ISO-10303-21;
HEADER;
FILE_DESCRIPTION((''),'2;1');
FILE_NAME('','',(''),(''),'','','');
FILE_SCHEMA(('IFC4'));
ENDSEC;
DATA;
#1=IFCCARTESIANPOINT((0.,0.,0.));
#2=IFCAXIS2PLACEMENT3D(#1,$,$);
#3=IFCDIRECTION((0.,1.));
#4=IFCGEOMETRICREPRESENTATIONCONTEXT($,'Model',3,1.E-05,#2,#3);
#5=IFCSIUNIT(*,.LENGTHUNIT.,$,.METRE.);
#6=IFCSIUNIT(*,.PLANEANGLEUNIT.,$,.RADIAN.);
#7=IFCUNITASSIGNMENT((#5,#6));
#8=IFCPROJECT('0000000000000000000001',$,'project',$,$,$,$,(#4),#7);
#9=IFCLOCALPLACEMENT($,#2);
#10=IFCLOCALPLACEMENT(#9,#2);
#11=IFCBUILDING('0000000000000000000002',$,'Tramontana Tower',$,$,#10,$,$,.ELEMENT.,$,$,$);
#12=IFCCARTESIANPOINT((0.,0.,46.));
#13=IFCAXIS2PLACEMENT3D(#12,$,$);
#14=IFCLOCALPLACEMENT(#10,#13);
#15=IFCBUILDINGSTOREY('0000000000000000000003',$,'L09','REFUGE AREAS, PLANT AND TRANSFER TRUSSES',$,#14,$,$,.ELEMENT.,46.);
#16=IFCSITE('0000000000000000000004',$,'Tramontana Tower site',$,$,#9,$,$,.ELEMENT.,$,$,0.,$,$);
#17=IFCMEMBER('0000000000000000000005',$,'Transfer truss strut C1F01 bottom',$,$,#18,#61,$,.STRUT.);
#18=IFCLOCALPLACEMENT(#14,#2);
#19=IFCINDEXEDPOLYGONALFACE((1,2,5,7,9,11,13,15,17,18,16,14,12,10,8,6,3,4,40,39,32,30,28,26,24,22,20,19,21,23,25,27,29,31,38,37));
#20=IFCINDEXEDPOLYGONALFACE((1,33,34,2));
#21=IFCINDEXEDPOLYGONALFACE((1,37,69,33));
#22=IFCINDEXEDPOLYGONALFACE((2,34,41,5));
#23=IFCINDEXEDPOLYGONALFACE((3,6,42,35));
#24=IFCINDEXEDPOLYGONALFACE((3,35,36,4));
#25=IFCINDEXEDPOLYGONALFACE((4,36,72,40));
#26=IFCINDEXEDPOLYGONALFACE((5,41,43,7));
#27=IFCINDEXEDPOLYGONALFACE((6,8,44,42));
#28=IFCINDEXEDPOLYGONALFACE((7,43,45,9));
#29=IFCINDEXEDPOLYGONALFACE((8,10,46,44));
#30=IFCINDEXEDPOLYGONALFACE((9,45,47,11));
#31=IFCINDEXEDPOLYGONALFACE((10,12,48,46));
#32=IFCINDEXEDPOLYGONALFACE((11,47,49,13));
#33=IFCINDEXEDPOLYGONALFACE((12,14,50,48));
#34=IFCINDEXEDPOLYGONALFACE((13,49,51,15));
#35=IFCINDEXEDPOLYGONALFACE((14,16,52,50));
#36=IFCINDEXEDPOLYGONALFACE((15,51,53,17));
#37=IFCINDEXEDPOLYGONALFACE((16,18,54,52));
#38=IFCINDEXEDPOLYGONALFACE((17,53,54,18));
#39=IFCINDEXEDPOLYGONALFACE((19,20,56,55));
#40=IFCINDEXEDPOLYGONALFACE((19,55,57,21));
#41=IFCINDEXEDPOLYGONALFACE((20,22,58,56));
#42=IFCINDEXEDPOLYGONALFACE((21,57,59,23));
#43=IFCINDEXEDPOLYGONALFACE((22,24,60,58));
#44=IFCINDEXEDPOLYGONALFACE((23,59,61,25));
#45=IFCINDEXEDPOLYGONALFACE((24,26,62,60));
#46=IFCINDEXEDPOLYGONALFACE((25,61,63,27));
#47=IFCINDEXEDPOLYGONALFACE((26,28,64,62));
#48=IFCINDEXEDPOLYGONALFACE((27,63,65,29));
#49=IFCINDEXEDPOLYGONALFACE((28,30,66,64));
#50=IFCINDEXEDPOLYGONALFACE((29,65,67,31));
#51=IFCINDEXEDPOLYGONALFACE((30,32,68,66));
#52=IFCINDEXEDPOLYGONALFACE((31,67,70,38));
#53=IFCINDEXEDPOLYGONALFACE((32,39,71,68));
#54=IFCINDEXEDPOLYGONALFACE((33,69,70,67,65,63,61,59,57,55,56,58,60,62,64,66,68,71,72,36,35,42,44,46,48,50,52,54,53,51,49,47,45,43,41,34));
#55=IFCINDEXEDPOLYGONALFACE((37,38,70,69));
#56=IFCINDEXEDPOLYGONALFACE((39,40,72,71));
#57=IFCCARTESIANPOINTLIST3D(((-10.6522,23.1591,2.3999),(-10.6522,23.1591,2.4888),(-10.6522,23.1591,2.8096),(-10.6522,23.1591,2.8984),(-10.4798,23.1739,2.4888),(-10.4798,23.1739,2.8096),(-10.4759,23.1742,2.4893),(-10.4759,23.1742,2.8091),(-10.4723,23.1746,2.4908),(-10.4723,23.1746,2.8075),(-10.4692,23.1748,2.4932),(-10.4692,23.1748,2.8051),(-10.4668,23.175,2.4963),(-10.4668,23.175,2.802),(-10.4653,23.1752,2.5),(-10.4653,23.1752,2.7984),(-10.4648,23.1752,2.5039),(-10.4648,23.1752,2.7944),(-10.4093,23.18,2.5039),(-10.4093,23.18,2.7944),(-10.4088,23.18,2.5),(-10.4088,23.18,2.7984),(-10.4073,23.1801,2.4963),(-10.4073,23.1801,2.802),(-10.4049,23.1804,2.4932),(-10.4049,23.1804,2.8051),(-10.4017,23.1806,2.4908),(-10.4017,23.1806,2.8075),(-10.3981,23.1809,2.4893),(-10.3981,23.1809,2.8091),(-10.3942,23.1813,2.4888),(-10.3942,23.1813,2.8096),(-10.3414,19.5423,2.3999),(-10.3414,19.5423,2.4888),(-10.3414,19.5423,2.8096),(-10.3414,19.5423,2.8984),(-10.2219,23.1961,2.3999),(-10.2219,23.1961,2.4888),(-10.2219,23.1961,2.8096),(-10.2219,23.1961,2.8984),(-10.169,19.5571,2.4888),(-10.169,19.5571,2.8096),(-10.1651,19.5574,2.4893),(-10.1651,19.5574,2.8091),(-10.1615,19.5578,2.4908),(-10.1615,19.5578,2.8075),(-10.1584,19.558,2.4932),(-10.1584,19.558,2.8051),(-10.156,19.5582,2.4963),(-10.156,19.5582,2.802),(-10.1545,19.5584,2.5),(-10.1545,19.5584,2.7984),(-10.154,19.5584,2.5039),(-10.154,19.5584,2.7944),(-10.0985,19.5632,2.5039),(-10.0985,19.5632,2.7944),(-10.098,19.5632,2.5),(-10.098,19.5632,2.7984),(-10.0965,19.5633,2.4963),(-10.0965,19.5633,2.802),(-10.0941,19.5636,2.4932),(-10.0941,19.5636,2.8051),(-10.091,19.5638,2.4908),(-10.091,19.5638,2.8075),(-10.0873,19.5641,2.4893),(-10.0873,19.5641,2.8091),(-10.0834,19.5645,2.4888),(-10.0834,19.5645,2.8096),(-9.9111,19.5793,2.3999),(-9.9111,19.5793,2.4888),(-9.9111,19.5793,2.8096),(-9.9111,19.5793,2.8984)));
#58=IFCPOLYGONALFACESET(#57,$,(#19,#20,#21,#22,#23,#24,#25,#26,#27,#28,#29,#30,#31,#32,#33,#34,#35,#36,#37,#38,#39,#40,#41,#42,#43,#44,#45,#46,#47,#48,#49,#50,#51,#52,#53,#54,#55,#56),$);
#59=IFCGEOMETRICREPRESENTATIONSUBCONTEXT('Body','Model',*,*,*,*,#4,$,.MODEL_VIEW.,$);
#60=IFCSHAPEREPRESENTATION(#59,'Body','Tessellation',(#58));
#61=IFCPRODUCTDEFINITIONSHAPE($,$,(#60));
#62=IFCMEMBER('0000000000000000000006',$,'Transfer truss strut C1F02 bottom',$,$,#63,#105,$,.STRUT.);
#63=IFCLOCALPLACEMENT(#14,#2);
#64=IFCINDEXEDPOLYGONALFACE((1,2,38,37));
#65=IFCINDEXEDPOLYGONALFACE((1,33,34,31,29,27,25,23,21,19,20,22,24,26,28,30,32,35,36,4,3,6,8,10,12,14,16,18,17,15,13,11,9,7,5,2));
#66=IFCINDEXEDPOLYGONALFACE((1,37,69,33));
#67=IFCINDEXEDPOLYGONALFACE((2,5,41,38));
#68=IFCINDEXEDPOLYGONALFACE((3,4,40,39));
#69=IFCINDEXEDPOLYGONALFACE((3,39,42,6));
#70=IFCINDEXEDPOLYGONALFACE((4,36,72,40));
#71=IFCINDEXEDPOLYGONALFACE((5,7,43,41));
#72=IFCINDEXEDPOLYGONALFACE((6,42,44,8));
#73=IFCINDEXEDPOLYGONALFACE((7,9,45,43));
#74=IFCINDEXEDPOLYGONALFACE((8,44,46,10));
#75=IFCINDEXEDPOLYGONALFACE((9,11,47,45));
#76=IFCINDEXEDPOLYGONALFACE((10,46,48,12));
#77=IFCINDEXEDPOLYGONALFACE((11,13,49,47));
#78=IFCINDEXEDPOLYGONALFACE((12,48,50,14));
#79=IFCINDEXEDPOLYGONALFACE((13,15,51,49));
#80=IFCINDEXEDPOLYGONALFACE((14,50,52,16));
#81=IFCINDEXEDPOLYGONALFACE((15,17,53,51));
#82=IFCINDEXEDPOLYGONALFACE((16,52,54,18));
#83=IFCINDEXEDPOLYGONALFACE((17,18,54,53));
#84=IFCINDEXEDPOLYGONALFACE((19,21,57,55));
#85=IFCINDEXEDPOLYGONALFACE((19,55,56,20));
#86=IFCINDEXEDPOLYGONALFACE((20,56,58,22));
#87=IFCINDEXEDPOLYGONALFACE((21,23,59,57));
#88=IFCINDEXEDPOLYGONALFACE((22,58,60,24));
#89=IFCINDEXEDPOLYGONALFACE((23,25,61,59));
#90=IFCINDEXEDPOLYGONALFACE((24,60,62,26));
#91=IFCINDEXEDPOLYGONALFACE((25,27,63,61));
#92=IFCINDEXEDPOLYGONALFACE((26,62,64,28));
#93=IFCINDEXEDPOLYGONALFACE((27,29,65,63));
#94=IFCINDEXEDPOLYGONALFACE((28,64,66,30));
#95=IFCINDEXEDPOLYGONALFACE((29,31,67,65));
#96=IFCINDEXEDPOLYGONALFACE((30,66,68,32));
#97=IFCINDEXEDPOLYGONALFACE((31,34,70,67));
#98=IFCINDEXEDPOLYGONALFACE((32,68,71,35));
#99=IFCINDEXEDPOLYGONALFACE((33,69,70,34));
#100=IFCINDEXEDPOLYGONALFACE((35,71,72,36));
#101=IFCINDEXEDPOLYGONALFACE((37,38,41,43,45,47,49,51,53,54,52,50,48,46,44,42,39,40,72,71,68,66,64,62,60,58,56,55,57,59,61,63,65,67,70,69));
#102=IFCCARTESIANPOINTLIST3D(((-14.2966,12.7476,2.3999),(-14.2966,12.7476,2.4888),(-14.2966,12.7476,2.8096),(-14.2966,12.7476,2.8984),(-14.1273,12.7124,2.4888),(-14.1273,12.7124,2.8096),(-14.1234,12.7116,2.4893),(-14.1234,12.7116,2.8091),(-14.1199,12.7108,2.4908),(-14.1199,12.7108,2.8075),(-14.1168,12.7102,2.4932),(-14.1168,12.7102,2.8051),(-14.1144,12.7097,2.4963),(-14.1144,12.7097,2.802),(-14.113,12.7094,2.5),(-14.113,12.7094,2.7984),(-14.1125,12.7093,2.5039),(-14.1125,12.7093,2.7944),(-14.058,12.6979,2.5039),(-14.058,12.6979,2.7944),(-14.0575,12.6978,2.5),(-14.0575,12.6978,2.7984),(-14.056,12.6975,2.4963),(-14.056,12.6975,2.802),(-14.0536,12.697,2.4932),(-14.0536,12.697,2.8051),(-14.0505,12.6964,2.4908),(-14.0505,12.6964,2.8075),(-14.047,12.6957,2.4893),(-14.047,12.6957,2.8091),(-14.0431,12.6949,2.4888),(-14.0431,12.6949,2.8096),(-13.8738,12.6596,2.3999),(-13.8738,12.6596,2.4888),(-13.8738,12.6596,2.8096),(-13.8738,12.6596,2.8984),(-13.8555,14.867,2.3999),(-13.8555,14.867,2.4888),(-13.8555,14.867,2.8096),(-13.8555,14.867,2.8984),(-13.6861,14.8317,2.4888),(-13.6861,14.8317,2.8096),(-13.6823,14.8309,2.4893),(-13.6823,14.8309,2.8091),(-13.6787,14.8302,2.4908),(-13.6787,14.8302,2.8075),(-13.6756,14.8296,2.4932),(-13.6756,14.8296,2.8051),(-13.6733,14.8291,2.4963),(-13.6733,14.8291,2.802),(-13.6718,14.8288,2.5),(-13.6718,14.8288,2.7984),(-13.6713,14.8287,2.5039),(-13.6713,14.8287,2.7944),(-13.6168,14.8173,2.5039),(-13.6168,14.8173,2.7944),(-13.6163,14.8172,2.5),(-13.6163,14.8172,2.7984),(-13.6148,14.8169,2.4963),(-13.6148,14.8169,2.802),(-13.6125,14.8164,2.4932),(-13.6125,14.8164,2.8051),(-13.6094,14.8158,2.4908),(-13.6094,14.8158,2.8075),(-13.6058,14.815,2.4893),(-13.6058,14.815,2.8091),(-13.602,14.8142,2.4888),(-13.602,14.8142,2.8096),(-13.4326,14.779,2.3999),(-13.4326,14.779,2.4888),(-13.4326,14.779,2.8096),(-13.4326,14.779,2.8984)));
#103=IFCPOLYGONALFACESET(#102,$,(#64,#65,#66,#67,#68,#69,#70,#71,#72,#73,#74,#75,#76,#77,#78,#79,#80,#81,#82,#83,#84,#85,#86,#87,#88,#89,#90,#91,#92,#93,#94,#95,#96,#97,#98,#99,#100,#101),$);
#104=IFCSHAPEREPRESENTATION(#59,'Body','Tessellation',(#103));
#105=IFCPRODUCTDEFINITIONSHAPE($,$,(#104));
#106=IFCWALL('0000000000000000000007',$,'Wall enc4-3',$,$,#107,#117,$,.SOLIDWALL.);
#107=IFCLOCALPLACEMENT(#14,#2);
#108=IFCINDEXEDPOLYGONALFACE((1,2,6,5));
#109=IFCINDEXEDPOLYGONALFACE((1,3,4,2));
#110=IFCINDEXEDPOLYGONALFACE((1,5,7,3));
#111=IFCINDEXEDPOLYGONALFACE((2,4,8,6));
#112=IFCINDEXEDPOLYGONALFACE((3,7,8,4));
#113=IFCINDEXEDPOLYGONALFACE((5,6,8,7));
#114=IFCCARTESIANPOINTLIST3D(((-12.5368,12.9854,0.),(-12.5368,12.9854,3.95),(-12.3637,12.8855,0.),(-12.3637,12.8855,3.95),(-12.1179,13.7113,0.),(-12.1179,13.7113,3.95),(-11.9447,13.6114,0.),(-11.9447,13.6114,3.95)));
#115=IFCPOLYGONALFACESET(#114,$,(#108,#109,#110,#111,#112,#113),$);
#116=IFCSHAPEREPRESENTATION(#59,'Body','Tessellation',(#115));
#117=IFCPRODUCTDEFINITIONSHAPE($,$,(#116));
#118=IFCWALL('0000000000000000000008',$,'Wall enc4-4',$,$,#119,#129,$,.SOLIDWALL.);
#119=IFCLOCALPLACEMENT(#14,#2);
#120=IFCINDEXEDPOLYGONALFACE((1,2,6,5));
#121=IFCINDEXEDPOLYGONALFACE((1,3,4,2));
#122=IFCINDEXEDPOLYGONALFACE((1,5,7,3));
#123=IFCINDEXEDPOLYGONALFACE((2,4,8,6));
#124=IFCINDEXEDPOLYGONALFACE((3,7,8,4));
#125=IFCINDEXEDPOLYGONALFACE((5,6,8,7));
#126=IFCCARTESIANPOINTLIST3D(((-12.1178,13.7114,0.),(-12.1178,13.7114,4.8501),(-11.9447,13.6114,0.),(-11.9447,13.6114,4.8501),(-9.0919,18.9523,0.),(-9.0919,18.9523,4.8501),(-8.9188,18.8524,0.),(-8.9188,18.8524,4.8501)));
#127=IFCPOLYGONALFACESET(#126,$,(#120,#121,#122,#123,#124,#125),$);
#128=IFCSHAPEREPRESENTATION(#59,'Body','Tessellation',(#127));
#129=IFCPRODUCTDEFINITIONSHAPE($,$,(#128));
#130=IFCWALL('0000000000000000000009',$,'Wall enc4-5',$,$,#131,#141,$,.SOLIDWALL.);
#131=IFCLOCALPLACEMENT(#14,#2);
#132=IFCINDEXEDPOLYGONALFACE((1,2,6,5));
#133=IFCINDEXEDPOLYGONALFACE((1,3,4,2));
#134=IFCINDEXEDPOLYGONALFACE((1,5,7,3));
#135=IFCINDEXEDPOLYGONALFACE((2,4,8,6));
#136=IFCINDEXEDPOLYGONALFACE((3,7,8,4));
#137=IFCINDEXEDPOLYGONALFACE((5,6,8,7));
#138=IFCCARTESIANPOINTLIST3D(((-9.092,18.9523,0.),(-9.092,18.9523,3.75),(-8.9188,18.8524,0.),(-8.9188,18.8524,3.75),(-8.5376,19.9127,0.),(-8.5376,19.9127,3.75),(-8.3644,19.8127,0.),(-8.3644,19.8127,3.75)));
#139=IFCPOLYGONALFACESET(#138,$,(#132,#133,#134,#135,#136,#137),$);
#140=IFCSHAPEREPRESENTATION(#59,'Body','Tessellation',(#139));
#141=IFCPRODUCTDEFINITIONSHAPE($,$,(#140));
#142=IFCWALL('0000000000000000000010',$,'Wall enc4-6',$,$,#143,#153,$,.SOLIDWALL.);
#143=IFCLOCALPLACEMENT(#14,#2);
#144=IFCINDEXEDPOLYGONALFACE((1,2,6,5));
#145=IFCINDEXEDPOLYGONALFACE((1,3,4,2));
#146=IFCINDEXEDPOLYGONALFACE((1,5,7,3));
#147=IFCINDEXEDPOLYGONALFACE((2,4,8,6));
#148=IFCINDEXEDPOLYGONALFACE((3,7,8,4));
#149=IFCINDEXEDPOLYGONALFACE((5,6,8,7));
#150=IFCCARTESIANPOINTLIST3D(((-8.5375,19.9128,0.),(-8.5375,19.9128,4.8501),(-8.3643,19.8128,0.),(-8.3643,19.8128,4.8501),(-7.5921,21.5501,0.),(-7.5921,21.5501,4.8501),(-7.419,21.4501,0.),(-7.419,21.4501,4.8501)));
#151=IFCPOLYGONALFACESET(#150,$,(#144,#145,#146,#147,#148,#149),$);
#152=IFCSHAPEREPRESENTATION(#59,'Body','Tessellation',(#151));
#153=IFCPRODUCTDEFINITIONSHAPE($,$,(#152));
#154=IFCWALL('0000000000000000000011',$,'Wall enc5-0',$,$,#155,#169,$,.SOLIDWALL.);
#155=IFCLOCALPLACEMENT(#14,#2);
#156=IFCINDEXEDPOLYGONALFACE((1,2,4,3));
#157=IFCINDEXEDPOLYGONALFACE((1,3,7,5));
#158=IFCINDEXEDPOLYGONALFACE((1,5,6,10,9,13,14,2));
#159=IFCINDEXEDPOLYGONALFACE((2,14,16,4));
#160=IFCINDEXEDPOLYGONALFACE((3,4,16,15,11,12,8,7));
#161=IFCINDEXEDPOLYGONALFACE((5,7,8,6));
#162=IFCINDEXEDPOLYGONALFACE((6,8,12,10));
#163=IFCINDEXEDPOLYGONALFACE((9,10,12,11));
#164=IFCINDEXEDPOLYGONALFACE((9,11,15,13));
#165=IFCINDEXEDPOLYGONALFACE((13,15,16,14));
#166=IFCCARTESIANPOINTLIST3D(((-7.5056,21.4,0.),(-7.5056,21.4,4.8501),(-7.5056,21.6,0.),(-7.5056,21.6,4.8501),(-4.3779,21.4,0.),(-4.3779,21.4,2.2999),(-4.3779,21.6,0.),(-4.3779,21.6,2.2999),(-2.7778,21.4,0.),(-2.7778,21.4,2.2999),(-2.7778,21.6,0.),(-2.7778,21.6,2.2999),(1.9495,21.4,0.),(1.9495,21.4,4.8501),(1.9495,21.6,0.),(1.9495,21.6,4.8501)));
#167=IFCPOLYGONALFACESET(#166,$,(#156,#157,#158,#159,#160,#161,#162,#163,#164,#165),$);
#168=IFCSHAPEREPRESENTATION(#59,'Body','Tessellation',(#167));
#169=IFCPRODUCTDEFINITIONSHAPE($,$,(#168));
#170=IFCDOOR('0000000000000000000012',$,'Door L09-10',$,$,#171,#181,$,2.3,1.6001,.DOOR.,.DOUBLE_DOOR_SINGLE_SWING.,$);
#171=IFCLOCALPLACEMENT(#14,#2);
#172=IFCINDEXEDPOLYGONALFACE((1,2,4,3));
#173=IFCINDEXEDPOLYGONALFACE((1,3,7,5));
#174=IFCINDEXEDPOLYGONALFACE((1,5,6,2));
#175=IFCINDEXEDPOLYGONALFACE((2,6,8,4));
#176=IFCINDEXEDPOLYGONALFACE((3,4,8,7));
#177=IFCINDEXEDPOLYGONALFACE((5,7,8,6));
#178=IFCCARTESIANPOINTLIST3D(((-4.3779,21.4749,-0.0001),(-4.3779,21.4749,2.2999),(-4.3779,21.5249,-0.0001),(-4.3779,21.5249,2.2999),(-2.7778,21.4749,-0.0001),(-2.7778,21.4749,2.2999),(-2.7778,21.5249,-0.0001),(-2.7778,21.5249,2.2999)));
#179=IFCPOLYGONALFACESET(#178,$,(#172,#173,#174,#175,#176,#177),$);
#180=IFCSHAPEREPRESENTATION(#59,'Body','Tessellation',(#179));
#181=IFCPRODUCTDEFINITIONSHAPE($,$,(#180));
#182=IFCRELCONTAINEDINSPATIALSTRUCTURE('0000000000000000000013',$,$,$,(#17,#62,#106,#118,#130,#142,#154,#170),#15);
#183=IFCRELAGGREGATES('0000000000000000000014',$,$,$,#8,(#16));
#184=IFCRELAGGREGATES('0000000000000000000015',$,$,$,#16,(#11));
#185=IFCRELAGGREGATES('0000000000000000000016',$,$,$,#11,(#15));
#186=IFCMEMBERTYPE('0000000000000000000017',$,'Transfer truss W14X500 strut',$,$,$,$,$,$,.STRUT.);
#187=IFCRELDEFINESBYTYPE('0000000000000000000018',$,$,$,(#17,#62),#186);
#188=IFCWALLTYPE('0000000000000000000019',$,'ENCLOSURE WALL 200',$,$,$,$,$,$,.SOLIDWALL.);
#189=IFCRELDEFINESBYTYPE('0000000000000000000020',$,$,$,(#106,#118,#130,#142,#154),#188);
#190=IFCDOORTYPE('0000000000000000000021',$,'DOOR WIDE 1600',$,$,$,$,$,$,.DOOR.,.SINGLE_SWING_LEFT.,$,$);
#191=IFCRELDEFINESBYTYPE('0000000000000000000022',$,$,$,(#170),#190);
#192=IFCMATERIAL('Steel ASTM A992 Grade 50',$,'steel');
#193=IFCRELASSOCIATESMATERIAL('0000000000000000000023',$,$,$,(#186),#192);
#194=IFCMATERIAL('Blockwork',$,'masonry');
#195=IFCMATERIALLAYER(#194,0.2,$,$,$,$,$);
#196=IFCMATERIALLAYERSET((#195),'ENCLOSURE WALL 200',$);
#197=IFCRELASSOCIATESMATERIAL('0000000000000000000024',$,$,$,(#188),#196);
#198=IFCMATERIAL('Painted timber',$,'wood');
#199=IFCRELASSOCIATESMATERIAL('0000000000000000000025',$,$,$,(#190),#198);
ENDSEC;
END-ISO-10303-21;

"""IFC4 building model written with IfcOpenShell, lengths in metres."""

from ifc_helpers import new_model, si_unit, direction, frame, frame_2d, origin, origin_2d, place, context, subcontext, project, spatial, rectangle, i_section, extrude, material, layer, layer_set, material_profile, profile_set, type_object, element, fill, save


model = new_model("IFC4")

# Units and contexts
model_context = context("Model", 3, precision=1e-05, world=origin(), true_north=direction((0.0, 1.0)))
body_context = subcontext(model_context, "Body", "Model", "MODEL_VIEW")
ifc_project = project(units=[si_unit("LENGTHUNIT", "METRE"), si_unit("PLANEANGLEUNIT", "RADIAN")], contexts=[model_context])

# Site, building, storey
site_placement = place(None, origin())
site = spatial("IfcSite", under=ifc_project, at=site_placement, Name="Tramontana Tower site", CompositionType="ELEMENT", RefElevation=0.0)
building_placement = place(site_placement, origin())
building = spatial("IfcBuilding", under=site, at=building_placement, Name="Tramontana Tower", CompositionType="ELEMENT")
storey_placement = place(building_placement, frame((0.0, 0.0, 46.0)))
storey = spatial("IfcBuildingStorey", under=building, at=storey_placement, Name="L09", Description="REFUGE AREAS, PLANT AND TRANSFER TRUSSES", CompositionType="ELEMENT", Elevation=46.0)

# Members
ifc_material_1 = material(Name="Steel ASTM A992 Grade 50", Category="steel")
ifc_material_profile_1 = material_profile(ifc_material_1, i_section(OverallWidth=0.4319, OverallDepth=0.4985, WebThickness=0.0557, FlangeThickness=0.0889, FilletRadius=0.0151, at=origin_2d()), Name="W14X500")
ifc_profile_set_1 = profile_set([ifc_material_profile_1], Name="Steel ASTM A992 Grade 50")
member_type_1 = type_object("IfcMemberType", Name="Transfer truss W14X500 strut", PredefinedType="STRUT", material=ifc_profile_set_1)
member_1_placement = place(storey_placement, frame((-10.1262, 19.5608, 2.6492), z_axis=(-0.085617, 0.996328, 0.0), x_axis=(-0.996328, -0.085617, 0.0)))
element("IfcMember", 1, at=member_1_placement, inside=storey, type_object=member_type_1, Name="Transfer truss strut C1F01 bottom", PredefinedType="STRUT", context=body_context, shape_type="SweptSolid", body=[
    extrude(i_section(OverallWidth=0.4319, OverallDepth=0.4985, WebThickness=0.0557, FlangeThickness=0.0889, FilletRadius=0.0151, at=origin_2d()), origin(), (0.0, 0.0, 1.0), 3.6301),
])
member_2_placement = place(storey_placement, frame((-14.0852, 12.7036, 2.6492), z_axis=(0.203788, 0.979015, 0.0), x_axis=(-0.979015, 0.203788, 0.0)))
element("IfcMember", 2, at=member_2_placement, inside=storey, type_object=member_type_1, Name="Transfer truss strut C1F02 bottom", PredefinedType="STRUT", context=body_context, shape_type="SweptSolid", body=[
    extrude(i_section(OverallWidth=0.4319, OverallDepth=0.4985, WebThickness=0.0557, FlangeThickness=0.0889, FilletRadius=0.0151, at=origin_2d()), origin(), (0.0, 0.0, 1.0), 2.1648),
])

# Walls
ifc_material_2 = material(Name="Blockwork", Category="masonry")
ifc_layer_1 = layer(ifc_material_2, 0.2)
ifc_layer_set_1 = layer_set([ifc_layer_1], Name="ENCLOSURE WALL 200")
wall_type_1 = type_object("IfcWallType", Name="ENCLOSURE WALL 200", PredefinedType="SOLIDWALL", material=ifc_layer_set_1)
wall_1_placement = place(storey_placement, frame((-12.4502, 12.9355, 0.0), z_axis=(0.0, 0.0, 1.0), x_axis=(0.499899, 0.866084, 0.0)))
element("IfcWall", 3, at=wall_1_placement, inside=storey, type_object=wall_type_1, Name="Wall enc4-3", PredefinedType="SOLIDWALL", context=body_context, shape_type="SweptSolid", body=[
    extrude(rectangle(XDim=0.8381, YDim=0.2, at=frame_2d((0.4189, 0.0))), origin(), (0.0, 0.0, 1.0), 3.95),
])
wall_2_placement = place(storey_placement, frame((-12.0312, 13.6614, 0.0), z_axis=(0.0, 0.0, 1.0), x_axis=(0.500001, 0.866025, 0.0)))
element("IfcWall", 4, at=wall_2_placement, inside=storey, type_object=wall_type_1, Name="Wall enc4-4", PredefinedType="SOLIDWALL", context=body_context, shape_type="SweptSolid", body=[
    extrude(rectangle(XDim=6.0518, YDim=0.2, at=frame_2d((3.0259, 0.0))), origin(), (0.0, 0.0, 1.0), 4.8501),
])
wall_3_placement = place(storey_placement, frame((-9.0054, 18.9023, 0.0), z_axis=(0.0, 0.0, 1.0), x_axis=(0.499951, 0.866054, 0.0)))
element("IfcWall", 5, at=wall_3_placement, inside=storey, type_object=wall_type_1, Name="Wall enc4-5", PredefinedType="SOLIDWALL", context=body_context, shape_type="SweptSolid", body=[
    extrude(rectangle(XDim=1.1089, YDim=0.2, at=frame_2d((0.5544, 0.0))), origin(), (0.0, 0.0, 1.0), 3.75),
])
wall_4_placement = place(storey_placement, frame((-8.4509, 19.8628, 0.0), z_axis=(0.0, 0.0, 1.0), x_axis=(0.500028, 0.866009, 0.0)))
element("IfcWall", 6, at=wall_4_placement, inside=storey, type_object=wall_type_1, Name="Wall enc4-6", PredefinedType="SOLIDWALL", context=body_context, shape_type="SweptSolid", body=[
    extrude(rectangle(XDim=1.8906, YDim=0.2, at=frame_2d((0.9453, 0.0))), origin(), (0.0, 0.0, 1.0), 4.8501),
])

# Wall, opening, door
wall_5_placement = place(storey_placement, frame((-7.5056, 21.5, 0.0), z_axis=(0.0, 0.0, 1.0), x_axis=(1.0, 0.0, 0.0)))
wall_5 = element("IfcWall", 7, at=wall_5_placement, inside=storey, type_object=wall_type_1, Name="Wall enc5-0", PredefinedType="SOLIDWALL", context=body_context, shape_type="SweptSolid", body=[
    extrude(rectangle(XDim=9.4551, YDim=0.2, at=frame_2d((4.7275, 0.0))), origin(), (0.0, 0.0, 1.0), 4.8501),
])
opening_placement = place(wall_5_placement, frame((3.1277, 0.0, 0.0)))
opening = element("IfcOpeningElement", 8, at=opening_placement, cuts=wall_5, PredefinedType="OPENING", context=body_context, shape_type="SweptSolid", body=[
    extrude(rectangle(XDim=1.6001, YDim=2.3, at=frame_2d((0.8, 1.1499))), frame((0.0, 0.1099, 0.0), z_axis=(0.0, -1.0, 0.0), x_axis=(1.0, 0.0, 0.0)), (0.0, 0.0, 1.0), 0.22),
])
ifc_material_3 = material(Name="Painted timber", Category="wood")
door_type = type_object("IfcDoorType", Name="DOOR WIDE 1600", OperationType="SINGLE_SWING_LEFT", PredefinedType="DOOR", material=ifc_material_3)
door_placement = place(opening_placement, origin())
door = element("IfcDoor", 9, at=door_placement, inside=storey, type_object=door_type, Name="Door L09-10", OperationType="DOUBLE_DOOR_SINGLE_SWING", OverallHeight=2.3, OverallWidth=1.6001, PredefinedType="DOOR", context=body_context, shape_type="SweptSolid", body=[
    extrude(rectangle(XDim=1.6001, YDim=2.3, at=frame_2d((0.8, 1.1499))), frame((0.0, 0.0249, 0.0), z_axis=(0.0, -1.0, 0.0), x_axis=(1.0, 0.0, 0.0)), (0.0, 0.0, 1.0), 0.05),
])
fill(opening, door)

save(model, "model.ifc")
